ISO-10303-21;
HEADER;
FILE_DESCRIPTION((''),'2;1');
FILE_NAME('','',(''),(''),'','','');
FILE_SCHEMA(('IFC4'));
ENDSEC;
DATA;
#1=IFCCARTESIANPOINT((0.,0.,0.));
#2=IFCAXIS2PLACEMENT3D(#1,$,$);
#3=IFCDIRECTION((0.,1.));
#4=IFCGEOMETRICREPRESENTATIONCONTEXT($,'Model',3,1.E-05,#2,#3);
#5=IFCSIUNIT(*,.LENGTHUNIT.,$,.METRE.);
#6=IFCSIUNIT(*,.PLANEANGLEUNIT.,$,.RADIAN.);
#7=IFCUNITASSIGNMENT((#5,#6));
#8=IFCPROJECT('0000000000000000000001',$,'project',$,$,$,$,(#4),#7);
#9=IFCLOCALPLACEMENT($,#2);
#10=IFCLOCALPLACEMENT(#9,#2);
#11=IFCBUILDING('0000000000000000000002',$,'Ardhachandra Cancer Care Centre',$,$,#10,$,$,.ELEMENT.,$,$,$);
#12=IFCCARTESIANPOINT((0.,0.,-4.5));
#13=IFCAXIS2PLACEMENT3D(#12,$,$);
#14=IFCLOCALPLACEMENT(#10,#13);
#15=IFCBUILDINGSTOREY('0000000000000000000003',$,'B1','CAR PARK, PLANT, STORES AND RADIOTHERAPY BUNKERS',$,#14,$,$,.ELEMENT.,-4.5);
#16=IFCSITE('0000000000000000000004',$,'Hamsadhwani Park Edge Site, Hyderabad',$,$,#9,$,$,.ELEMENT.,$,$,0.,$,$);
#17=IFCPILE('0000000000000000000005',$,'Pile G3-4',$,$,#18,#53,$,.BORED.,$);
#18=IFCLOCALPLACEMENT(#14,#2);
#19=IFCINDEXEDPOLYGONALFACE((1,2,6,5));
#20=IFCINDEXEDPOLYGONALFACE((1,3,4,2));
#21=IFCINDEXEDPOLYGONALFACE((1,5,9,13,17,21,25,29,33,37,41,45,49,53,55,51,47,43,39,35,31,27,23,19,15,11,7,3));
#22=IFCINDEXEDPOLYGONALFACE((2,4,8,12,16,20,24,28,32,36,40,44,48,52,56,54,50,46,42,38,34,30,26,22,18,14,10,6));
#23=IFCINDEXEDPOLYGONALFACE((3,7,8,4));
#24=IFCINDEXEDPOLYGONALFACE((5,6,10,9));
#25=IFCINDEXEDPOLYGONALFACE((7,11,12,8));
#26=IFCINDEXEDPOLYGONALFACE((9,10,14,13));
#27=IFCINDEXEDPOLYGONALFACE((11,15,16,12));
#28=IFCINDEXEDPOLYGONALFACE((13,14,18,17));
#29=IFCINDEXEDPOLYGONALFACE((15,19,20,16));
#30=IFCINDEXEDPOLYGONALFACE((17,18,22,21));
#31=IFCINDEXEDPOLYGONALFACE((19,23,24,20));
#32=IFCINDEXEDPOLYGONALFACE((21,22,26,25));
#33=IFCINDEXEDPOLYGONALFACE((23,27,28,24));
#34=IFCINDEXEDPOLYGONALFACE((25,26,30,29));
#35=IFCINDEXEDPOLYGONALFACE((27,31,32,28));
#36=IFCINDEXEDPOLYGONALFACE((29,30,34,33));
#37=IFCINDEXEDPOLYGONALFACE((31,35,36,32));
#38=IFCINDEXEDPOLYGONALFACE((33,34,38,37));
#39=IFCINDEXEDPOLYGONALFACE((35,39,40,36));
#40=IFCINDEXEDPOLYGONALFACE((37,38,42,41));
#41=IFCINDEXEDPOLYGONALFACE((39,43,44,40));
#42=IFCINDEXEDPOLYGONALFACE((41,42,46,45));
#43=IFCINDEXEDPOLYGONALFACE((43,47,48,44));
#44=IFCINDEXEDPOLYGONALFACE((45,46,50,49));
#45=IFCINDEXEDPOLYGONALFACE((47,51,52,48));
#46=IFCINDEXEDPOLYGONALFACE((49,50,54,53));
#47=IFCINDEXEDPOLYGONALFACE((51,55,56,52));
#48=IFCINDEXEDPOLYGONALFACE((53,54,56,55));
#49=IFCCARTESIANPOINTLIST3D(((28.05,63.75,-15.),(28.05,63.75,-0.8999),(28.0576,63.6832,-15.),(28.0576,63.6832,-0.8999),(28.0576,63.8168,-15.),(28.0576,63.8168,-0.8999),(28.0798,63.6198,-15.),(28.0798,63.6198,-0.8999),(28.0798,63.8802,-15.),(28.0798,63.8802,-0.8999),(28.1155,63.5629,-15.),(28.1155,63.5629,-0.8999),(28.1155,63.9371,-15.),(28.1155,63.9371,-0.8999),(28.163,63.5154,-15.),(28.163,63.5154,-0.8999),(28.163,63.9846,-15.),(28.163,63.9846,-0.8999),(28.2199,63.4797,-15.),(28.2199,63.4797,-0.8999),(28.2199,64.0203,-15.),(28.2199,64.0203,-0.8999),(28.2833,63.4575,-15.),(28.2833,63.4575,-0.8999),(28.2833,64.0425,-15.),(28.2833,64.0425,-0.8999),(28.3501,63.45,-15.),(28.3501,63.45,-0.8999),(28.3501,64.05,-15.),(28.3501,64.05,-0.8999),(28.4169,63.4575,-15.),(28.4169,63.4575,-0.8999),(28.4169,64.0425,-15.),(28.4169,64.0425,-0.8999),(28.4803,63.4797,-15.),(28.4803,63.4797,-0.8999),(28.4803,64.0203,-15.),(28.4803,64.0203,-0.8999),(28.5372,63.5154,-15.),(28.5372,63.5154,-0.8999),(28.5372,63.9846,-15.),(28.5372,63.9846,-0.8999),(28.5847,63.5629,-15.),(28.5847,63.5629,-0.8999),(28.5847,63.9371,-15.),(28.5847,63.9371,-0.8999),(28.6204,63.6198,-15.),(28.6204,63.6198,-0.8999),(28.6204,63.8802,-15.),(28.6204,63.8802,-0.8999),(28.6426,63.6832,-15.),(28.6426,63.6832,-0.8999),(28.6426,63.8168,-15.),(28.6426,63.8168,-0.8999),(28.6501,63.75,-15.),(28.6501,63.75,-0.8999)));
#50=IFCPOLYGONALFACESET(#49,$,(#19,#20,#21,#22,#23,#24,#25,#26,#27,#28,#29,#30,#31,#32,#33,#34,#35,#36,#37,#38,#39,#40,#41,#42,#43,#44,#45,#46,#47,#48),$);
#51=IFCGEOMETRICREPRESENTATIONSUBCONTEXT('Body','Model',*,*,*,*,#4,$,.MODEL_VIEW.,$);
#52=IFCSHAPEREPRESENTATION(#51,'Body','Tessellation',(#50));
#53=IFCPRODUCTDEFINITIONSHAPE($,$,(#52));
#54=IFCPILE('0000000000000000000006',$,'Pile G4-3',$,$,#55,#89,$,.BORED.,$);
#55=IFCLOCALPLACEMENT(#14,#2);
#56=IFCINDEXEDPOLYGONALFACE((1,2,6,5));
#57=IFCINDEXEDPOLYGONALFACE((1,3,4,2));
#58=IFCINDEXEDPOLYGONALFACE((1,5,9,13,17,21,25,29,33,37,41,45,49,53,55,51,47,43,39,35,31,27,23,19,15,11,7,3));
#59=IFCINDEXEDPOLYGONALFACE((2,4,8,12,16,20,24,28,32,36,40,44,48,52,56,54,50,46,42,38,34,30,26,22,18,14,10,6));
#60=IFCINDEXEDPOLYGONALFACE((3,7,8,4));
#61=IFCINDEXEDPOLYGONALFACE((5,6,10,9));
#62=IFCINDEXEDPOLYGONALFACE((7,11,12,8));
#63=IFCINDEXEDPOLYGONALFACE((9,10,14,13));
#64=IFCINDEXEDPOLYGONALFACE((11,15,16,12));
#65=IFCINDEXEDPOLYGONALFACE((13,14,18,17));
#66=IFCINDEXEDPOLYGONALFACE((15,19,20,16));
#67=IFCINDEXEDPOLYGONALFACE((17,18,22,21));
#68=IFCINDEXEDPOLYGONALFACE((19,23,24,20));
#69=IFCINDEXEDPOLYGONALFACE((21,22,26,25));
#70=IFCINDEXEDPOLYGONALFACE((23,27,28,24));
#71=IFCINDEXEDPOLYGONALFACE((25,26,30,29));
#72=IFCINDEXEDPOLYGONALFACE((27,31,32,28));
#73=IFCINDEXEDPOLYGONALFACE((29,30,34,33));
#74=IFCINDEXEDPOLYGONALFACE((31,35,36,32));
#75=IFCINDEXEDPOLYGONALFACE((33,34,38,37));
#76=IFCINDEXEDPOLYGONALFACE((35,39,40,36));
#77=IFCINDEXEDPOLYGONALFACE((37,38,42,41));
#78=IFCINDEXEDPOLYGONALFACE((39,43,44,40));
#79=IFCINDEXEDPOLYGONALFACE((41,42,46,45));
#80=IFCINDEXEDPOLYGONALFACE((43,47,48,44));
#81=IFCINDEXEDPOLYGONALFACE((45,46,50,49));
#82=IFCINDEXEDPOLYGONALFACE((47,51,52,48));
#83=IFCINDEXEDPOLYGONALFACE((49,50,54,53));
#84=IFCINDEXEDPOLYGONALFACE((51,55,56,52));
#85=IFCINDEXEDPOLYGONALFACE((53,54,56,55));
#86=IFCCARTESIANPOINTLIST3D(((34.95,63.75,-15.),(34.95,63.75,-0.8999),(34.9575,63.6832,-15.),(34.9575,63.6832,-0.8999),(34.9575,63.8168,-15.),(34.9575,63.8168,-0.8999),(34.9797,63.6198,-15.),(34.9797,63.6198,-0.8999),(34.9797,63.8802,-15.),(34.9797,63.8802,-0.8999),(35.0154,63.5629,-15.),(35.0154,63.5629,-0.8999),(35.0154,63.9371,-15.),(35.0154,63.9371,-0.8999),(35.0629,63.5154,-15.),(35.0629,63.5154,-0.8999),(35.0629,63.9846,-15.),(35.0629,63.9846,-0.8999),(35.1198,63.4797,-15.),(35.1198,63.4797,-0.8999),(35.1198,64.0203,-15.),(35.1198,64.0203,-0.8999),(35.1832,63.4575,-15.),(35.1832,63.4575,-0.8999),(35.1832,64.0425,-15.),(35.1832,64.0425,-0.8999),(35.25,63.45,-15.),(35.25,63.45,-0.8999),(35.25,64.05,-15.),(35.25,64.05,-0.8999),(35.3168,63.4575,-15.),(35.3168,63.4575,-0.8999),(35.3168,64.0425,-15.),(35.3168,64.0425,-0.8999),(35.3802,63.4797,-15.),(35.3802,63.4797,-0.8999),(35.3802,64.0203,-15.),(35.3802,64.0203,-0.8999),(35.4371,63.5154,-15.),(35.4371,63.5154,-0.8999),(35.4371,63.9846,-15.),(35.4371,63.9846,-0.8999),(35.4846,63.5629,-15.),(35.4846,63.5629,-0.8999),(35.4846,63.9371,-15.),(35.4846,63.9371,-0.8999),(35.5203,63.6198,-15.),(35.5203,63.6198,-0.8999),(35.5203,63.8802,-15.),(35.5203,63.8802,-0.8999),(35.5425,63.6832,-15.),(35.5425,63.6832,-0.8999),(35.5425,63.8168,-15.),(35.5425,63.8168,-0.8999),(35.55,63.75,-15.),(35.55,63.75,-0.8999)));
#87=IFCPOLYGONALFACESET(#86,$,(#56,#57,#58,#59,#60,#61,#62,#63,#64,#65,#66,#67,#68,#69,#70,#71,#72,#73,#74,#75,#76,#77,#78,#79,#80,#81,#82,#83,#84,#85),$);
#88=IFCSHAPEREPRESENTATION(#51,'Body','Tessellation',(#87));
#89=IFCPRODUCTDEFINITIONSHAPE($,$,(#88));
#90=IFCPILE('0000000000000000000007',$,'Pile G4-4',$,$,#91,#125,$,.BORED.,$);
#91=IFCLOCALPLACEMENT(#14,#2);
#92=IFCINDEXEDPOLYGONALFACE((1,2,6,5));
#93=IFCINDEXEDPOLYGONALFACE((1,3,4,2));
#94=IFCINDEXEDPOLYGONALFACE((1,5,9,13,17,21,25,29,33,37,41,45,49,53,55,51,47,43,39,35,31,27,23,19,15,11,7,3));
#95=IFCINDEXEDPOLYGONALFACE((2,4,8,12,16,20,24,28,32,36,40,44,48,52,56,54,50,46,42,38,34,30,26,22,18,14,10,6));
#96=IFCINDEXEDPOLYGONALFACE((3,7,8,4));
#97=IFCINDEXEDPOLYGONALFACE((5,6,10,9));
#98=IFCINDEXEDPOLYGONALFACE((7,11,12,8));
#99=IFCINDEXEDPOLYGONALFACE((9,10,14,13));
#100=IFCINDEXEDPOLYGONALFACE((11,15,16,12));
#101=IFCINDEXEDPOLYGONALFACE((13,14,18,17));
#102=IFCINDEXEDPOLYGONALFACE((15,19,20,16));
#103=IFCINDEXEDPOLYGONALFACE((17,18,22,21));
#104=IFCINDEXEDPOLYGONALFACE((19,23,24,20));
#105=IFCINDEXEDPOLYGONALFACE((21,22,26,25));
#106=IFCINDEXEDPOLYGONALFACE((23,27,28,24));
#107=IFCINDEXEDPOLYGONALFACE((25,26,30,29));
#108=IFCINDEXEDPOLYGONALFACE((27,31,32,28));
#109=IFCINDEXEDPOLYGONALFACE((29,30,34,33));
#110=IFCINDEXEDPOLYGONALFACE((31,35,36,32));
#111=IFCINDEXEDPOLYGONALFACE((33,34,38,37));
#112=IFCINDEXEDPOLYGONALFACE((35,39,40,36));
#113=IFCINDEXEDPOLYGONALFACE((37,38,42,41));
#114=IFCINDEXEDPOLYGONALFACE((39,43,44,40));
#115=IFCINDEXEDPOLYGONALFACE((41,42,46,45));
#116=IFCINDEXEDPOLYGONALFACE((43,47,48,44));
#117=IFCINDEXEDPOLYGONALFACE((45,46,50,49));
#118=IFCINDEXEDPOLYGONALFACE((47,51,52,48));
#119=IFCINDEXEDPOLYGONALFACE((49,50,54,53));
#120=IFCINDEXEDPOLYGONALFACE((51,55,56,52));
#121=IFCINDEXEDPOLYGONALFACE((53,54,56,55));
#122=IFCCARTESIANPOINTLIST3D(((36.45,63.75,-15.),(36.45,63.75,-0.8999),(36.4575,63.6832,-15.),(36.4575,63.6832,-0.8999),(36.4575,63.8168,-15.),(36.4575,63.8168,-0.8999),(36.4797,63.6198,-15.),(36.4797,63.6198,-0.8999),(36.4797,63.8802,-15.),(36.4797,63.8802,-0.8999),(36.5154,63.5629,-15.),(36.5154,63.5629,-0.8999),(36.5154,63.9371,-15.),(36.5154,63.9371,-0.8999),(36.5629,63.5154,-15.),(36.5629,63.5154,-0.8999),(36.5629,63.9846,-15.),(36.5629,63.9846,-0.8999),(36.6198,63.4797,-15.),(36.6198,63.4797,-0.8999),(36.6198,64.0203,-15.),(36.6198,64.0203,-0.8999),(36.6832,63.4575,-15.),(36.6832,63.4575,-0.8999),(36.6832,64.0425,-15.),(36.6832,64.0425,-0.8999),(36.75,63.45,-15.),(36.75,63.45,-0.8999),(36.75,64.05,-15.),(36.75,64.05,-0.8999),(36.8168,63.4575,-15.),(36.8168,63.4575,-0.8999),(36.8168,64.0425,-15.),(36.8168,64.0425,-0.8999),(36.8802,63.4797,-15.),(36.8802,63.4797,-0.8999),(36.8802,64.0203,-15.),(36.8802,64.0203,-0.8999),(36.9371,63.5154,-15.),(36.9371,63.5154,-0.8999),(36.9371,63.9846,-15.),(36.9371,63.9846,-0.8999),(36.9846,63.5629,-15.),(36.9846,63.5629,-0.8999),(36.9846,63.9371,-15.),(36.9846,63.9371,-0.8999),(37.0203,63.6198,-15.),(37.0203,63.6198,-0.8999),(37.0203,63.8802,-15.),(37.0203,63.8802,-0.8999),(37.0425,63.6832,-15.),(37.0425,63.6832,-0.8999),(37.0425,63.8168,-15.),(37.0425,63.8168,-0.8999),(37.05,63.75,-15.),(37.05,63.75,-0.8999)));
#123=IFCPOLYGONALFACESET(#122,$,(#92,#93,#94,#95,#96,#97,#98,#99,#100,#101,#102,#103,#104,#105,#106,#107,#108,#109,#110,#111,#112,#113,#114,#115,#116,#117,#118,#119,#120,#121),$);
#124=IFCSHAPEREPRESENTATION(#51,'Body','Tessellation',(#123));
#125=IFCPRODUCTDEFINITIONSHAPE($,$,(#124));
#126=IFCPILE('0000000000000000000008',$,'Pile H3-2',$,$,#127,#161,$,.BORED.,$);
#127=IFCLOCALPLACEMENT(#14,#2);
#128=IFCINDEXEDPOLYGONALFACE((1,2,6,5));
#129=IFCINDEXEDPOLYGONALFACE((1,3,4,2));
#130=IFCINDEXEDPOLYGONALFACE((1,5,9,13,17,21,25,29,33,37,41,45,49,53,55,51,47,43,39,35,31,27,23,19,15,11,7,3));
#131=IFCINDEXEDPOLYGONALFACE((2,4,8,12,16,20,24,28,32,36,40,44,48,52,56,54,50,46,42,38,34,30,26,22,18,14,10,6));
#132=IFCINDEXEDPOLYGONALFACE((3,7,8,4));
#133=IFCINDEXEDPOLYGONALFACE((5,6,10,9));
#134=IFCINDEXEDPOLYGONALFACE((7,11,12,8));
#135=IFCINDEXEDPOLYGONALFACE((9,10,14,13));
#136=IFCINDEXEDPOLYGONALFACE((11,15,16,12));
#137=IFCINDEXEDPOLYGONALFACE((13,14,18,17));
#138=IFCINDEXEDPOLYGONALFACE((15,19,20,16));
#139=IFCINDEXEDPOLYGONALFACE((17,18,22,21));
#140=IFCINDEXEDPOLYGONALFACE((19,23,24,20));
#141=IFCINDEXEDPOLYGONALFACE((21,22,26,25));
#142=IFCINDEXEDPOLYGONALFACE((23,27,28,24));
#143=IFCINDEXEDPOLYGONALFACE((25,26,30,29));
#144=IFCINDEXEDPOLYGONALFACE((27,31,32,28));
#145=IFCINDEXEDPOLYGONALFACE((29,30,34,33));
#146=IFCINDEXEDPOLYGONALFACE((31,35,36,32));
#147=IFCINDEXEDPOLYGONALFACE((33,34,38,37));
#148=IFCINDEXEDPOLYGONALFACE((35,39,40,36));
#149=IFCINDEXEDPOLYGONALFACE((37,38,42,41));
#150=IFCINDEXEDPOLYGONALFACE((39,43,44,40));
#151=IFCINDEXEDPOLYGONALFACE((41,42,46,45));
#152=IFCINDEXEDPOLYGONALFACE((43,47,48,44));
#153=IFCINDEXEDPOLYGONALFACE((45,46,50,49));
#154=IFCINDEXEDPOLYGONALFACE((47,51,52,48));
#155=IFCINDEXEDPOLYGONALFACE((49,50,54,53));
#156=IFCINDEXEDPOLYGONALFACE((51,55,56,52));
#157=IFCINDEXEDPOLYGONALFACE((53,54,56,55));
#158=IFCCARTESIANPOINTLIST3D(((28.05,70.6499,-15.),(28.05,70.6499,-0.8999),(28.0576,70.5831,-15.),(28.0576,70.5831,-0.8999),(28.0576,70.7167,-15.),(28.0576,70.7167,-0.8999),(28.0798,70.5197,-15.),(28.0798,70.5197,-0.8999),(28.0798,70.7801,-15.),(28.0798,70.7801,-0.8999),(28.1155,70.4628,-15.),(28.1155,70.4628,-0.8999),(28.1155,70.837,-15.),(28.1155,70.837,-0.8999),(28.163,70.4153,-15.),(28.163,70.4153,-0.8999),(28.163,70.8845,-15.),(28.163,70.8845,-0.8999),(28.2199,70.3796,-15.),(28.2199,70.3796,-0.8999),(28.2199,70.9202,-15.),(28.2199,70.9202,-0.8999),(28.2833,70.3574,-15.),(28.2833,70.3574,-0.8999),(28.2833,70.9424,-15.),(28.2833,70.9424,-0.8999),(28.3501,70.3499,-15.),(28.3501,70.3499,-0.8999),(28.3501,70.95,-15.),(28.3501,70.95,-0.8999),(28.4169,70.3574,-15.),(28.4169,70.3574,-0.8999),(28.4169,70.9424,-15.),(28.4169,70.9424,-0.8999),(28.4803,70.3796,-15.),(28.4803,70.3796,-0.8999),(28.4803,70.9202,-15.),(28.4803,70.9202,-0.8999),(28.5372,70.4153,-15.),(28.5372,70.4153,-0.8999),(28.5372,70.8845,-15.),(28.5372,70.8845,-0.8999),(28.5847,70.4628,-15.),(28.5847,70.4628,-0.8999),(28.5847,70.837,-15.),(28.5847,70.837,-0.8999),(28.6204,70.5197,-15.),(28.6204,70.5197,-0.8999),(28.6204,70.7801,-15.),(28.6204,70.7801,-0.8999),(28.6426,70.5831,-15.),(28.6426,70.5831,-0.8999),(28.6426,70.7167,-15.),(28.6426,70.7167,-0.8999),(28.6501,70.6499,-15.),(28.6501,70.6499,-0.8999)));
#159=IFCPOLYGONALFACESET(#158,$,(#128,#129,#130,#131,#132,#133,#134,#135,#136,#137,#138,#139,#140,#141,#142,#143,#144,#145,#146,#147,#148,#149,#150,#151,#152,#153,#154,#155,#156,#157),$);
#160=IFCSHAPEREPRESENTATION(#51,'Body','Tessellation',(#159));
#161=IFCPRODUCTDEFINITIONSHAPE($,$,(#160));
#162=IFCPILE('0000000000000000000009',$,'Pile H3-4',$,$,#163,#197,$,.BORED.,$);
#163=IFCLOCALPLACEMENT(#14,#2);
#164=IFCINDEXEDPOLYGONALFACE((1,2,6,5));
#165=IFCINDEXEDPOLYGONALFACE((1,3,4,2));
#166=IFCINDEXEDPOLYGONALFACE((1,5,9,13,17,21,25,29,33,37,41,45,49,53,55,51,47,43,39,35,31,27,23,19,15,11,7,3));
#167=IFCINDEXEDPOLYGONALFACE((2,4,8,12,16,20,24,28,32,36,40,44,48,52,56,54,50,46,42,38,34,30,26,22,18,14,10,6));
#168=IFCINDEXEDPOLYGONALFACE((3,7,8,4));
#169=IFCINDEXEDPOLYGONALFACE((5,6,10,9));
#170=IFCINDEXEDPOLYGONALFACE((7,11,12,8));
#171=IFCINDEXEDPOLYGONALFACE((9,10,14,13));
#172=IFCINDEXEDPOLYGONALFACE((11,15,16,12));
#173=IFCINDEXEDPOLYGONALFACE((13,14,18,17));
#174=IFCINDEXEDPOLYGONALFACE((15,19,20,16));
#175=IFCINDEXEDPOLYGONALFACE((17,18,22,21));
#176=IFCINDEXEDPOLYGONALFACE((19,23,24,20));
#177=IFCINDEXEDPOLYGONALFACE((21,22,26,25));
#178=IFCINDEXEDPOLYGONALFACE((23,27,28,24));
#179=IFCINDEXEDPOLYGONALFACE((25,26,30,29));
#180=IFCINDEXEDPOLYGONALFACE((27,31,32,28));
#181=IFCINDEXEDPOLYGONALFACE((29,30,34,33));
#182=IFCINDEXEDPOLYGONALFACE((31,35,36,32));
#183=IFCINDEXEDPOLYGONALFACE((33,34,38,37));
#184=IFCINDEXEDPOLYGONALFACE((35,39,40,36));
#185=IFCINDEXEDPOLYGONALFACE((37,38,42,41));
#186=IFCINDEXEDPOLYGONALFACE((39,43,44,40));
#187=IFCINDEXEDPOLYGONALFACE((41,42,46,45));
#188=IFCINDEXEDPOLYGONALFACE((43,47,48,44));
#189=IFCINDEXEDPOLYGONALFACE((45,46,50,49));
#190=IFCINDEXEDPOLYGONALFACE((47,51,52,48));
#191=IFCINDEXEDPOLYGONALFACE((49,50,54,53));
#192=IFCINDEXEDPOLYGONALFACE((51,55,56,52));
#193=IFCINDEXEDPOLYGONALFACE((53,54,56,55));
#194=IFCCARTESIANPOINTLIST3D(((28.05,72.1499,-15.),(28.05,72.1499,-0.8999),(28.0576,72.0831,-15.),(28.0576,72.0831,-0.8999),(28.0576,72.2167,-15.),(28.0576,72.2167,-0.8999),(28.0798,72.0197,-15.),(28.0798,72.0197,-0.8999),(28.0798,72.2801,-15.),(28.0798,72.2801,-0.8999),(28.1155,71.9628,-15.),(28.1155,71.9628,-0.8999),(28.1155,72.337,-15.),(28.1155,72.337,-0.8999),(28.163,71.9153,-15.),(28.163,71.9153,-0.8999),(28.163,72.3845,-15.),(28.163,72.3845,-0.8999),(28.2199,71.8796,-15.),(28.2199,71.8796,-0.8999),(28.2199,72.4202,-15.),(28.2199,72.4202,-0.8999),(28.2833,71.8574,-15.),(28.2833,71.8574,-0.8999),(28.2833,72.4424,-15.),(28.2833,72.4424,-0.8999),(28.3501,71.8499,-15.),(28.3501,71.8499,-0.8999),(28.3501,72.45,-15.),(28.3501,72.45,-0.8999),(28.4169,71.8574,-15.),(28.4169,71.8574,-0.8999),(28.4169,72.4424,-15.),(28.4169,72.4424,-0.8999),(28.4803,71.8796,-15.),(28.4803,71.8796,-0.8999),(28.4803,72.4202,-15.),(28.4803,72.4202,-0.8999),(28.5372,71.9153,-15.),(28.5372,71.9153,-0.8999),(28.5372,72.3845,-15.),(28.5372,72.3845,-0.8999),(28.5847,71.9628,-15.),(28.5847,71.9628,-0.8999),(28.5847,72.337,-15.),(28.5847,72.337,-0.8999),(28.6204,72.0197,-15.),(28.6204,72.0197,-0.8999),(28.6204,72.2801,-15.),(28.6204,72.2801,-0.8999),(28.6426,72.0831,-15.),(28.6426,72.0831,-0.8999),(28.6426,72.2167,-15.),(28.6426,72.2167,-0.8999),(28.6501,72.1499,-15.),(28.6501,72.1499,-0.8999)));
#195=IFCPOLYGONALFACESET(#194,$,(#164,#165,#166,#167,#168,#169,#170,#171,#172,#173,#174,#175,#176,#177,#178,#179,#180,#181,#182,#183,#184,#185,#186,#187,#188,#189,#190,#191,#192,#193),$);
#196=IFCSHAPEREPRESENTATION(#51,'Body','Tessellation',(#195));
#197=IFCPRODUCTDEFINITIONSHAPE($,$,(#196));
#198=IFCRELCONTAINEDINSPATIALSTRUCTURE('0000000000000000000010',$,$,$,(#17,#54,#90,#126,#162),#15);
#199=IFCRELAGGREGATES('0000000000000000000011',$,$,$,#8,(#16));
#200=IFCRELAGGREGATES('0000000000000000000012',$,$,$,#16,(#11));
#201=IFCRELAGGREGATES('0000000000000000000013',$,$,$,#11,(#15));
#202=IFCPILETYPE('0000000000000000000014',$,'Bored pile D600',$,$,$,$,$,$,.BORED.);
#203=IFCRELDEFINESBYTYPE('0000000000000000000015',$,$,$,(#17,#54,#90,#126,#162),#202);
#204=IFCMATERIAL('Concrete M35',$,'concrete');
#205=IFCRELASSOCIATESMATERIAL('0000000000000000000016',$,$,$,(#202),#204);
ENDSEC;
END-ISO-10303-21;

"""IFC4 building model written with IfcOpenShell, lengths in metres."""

from ifc_helpers import new_model, si_unit, direction, frame, origin, origin_2d, place, context, subcontext, project, spatial, circle, extrude, material, material_profile, profile_set, type_object, element, save


model = new_model("IFC4")

# Units and contexts
model_context = context("Model", 3, precision=1e-05, world=origin(), true_north=direction((0.0, 1.0)))
body_context = subcontext(model_context, "Body", "Model", "MODEL_VIEW")
ifc_project = project(units=[si_unit("LENGTHUNIT", "METRE"), si_unit("PLANEANGLEUNIT", "RADIAN")], contexts=[model_context])

# Site, building, storey
site_placement = place(None, origin())
site = spatial("IfcSite", under=ifc_project, at=site_placement, Name="Hamsadhwani Park Edge Site, Hyderabad", CompositionType="ELEMENT", RefElevation=0.0)
building_placement = place(site_placement, origin())
building = spatial("IfcBuilding", under=site, at=building_placement, Name="Ardhachandra Cancer Care Centre", CompositionType="ELEMENT")
storey_placement = place(building_placement, frame((0.0, 0.0, -4.5)))
storey = spatial("IfcBuildingStorey", under=building, at=storey_placement, Name="B1", Description="CAR PARK, PLANT, STORES AND RADIOTHERAPY BUNKERS", CompositionType="ELEMENT", Elevation=-4.5)

# Piles
ifc_material_1 = material(Name="Concrete M35", Category="concrete")
ifc_material_profile_1 = material_profile(ifc_material_1, circle(Radius=0.3, at=origin_2d()), Name="D600")
ifc_profile_set_1 = profile_set([ifc_material_profile_1], Name="Concrete M35")
pile_type = type_object("IfcPileType", Name="Bored pile D600", PredefinedType="BORED", material=ifc_profile_set_1)
for number, where, z_axis, x_axis, name in (
    (1, (28.3501, 63.75, -0.8999), (0.0, 0.0, -1.0), (1.0, 0.0, 0.0), "Pile G3-4"),
    (2, (35.25, 63.75, -0.8999), (0.0, 0.0, -1.0), (1.0, 0.0, 0.0), "Pile G4-3"),
    (3, (36.75, 63.75, -0.8999), (0.0, 0.0, -1.0), (1.0, 0.0, 0.0), "Pile G4-4"),
    (4, (28.3501, 70.6499, -0.8999), (0.0, 0.0, -1.0), (1.0, 0.0, 0.0), "Pile H3-2"),
    (5, (28.3501, 72.1499, -0.8999), (0.0, 0.0, -1.0), (1.0, 0.0, 0.0), "Pile H3-4"),
):
    element("IfcPile", number, at=place(storey_placement, frame(where, z_axis=z_axis, x_axis=x_axis)), inside=storey, type_object=pile_type, Name=name, PredefinedType="BORED", context=body_context, shape_type="SweptSolid", body=[
        extrude(circle(Radius=0.3, at=origin_2d()), origin(), (0.0, 0.0, 1.0), 14.1001),
    ])

save(model, "model.ifc")
